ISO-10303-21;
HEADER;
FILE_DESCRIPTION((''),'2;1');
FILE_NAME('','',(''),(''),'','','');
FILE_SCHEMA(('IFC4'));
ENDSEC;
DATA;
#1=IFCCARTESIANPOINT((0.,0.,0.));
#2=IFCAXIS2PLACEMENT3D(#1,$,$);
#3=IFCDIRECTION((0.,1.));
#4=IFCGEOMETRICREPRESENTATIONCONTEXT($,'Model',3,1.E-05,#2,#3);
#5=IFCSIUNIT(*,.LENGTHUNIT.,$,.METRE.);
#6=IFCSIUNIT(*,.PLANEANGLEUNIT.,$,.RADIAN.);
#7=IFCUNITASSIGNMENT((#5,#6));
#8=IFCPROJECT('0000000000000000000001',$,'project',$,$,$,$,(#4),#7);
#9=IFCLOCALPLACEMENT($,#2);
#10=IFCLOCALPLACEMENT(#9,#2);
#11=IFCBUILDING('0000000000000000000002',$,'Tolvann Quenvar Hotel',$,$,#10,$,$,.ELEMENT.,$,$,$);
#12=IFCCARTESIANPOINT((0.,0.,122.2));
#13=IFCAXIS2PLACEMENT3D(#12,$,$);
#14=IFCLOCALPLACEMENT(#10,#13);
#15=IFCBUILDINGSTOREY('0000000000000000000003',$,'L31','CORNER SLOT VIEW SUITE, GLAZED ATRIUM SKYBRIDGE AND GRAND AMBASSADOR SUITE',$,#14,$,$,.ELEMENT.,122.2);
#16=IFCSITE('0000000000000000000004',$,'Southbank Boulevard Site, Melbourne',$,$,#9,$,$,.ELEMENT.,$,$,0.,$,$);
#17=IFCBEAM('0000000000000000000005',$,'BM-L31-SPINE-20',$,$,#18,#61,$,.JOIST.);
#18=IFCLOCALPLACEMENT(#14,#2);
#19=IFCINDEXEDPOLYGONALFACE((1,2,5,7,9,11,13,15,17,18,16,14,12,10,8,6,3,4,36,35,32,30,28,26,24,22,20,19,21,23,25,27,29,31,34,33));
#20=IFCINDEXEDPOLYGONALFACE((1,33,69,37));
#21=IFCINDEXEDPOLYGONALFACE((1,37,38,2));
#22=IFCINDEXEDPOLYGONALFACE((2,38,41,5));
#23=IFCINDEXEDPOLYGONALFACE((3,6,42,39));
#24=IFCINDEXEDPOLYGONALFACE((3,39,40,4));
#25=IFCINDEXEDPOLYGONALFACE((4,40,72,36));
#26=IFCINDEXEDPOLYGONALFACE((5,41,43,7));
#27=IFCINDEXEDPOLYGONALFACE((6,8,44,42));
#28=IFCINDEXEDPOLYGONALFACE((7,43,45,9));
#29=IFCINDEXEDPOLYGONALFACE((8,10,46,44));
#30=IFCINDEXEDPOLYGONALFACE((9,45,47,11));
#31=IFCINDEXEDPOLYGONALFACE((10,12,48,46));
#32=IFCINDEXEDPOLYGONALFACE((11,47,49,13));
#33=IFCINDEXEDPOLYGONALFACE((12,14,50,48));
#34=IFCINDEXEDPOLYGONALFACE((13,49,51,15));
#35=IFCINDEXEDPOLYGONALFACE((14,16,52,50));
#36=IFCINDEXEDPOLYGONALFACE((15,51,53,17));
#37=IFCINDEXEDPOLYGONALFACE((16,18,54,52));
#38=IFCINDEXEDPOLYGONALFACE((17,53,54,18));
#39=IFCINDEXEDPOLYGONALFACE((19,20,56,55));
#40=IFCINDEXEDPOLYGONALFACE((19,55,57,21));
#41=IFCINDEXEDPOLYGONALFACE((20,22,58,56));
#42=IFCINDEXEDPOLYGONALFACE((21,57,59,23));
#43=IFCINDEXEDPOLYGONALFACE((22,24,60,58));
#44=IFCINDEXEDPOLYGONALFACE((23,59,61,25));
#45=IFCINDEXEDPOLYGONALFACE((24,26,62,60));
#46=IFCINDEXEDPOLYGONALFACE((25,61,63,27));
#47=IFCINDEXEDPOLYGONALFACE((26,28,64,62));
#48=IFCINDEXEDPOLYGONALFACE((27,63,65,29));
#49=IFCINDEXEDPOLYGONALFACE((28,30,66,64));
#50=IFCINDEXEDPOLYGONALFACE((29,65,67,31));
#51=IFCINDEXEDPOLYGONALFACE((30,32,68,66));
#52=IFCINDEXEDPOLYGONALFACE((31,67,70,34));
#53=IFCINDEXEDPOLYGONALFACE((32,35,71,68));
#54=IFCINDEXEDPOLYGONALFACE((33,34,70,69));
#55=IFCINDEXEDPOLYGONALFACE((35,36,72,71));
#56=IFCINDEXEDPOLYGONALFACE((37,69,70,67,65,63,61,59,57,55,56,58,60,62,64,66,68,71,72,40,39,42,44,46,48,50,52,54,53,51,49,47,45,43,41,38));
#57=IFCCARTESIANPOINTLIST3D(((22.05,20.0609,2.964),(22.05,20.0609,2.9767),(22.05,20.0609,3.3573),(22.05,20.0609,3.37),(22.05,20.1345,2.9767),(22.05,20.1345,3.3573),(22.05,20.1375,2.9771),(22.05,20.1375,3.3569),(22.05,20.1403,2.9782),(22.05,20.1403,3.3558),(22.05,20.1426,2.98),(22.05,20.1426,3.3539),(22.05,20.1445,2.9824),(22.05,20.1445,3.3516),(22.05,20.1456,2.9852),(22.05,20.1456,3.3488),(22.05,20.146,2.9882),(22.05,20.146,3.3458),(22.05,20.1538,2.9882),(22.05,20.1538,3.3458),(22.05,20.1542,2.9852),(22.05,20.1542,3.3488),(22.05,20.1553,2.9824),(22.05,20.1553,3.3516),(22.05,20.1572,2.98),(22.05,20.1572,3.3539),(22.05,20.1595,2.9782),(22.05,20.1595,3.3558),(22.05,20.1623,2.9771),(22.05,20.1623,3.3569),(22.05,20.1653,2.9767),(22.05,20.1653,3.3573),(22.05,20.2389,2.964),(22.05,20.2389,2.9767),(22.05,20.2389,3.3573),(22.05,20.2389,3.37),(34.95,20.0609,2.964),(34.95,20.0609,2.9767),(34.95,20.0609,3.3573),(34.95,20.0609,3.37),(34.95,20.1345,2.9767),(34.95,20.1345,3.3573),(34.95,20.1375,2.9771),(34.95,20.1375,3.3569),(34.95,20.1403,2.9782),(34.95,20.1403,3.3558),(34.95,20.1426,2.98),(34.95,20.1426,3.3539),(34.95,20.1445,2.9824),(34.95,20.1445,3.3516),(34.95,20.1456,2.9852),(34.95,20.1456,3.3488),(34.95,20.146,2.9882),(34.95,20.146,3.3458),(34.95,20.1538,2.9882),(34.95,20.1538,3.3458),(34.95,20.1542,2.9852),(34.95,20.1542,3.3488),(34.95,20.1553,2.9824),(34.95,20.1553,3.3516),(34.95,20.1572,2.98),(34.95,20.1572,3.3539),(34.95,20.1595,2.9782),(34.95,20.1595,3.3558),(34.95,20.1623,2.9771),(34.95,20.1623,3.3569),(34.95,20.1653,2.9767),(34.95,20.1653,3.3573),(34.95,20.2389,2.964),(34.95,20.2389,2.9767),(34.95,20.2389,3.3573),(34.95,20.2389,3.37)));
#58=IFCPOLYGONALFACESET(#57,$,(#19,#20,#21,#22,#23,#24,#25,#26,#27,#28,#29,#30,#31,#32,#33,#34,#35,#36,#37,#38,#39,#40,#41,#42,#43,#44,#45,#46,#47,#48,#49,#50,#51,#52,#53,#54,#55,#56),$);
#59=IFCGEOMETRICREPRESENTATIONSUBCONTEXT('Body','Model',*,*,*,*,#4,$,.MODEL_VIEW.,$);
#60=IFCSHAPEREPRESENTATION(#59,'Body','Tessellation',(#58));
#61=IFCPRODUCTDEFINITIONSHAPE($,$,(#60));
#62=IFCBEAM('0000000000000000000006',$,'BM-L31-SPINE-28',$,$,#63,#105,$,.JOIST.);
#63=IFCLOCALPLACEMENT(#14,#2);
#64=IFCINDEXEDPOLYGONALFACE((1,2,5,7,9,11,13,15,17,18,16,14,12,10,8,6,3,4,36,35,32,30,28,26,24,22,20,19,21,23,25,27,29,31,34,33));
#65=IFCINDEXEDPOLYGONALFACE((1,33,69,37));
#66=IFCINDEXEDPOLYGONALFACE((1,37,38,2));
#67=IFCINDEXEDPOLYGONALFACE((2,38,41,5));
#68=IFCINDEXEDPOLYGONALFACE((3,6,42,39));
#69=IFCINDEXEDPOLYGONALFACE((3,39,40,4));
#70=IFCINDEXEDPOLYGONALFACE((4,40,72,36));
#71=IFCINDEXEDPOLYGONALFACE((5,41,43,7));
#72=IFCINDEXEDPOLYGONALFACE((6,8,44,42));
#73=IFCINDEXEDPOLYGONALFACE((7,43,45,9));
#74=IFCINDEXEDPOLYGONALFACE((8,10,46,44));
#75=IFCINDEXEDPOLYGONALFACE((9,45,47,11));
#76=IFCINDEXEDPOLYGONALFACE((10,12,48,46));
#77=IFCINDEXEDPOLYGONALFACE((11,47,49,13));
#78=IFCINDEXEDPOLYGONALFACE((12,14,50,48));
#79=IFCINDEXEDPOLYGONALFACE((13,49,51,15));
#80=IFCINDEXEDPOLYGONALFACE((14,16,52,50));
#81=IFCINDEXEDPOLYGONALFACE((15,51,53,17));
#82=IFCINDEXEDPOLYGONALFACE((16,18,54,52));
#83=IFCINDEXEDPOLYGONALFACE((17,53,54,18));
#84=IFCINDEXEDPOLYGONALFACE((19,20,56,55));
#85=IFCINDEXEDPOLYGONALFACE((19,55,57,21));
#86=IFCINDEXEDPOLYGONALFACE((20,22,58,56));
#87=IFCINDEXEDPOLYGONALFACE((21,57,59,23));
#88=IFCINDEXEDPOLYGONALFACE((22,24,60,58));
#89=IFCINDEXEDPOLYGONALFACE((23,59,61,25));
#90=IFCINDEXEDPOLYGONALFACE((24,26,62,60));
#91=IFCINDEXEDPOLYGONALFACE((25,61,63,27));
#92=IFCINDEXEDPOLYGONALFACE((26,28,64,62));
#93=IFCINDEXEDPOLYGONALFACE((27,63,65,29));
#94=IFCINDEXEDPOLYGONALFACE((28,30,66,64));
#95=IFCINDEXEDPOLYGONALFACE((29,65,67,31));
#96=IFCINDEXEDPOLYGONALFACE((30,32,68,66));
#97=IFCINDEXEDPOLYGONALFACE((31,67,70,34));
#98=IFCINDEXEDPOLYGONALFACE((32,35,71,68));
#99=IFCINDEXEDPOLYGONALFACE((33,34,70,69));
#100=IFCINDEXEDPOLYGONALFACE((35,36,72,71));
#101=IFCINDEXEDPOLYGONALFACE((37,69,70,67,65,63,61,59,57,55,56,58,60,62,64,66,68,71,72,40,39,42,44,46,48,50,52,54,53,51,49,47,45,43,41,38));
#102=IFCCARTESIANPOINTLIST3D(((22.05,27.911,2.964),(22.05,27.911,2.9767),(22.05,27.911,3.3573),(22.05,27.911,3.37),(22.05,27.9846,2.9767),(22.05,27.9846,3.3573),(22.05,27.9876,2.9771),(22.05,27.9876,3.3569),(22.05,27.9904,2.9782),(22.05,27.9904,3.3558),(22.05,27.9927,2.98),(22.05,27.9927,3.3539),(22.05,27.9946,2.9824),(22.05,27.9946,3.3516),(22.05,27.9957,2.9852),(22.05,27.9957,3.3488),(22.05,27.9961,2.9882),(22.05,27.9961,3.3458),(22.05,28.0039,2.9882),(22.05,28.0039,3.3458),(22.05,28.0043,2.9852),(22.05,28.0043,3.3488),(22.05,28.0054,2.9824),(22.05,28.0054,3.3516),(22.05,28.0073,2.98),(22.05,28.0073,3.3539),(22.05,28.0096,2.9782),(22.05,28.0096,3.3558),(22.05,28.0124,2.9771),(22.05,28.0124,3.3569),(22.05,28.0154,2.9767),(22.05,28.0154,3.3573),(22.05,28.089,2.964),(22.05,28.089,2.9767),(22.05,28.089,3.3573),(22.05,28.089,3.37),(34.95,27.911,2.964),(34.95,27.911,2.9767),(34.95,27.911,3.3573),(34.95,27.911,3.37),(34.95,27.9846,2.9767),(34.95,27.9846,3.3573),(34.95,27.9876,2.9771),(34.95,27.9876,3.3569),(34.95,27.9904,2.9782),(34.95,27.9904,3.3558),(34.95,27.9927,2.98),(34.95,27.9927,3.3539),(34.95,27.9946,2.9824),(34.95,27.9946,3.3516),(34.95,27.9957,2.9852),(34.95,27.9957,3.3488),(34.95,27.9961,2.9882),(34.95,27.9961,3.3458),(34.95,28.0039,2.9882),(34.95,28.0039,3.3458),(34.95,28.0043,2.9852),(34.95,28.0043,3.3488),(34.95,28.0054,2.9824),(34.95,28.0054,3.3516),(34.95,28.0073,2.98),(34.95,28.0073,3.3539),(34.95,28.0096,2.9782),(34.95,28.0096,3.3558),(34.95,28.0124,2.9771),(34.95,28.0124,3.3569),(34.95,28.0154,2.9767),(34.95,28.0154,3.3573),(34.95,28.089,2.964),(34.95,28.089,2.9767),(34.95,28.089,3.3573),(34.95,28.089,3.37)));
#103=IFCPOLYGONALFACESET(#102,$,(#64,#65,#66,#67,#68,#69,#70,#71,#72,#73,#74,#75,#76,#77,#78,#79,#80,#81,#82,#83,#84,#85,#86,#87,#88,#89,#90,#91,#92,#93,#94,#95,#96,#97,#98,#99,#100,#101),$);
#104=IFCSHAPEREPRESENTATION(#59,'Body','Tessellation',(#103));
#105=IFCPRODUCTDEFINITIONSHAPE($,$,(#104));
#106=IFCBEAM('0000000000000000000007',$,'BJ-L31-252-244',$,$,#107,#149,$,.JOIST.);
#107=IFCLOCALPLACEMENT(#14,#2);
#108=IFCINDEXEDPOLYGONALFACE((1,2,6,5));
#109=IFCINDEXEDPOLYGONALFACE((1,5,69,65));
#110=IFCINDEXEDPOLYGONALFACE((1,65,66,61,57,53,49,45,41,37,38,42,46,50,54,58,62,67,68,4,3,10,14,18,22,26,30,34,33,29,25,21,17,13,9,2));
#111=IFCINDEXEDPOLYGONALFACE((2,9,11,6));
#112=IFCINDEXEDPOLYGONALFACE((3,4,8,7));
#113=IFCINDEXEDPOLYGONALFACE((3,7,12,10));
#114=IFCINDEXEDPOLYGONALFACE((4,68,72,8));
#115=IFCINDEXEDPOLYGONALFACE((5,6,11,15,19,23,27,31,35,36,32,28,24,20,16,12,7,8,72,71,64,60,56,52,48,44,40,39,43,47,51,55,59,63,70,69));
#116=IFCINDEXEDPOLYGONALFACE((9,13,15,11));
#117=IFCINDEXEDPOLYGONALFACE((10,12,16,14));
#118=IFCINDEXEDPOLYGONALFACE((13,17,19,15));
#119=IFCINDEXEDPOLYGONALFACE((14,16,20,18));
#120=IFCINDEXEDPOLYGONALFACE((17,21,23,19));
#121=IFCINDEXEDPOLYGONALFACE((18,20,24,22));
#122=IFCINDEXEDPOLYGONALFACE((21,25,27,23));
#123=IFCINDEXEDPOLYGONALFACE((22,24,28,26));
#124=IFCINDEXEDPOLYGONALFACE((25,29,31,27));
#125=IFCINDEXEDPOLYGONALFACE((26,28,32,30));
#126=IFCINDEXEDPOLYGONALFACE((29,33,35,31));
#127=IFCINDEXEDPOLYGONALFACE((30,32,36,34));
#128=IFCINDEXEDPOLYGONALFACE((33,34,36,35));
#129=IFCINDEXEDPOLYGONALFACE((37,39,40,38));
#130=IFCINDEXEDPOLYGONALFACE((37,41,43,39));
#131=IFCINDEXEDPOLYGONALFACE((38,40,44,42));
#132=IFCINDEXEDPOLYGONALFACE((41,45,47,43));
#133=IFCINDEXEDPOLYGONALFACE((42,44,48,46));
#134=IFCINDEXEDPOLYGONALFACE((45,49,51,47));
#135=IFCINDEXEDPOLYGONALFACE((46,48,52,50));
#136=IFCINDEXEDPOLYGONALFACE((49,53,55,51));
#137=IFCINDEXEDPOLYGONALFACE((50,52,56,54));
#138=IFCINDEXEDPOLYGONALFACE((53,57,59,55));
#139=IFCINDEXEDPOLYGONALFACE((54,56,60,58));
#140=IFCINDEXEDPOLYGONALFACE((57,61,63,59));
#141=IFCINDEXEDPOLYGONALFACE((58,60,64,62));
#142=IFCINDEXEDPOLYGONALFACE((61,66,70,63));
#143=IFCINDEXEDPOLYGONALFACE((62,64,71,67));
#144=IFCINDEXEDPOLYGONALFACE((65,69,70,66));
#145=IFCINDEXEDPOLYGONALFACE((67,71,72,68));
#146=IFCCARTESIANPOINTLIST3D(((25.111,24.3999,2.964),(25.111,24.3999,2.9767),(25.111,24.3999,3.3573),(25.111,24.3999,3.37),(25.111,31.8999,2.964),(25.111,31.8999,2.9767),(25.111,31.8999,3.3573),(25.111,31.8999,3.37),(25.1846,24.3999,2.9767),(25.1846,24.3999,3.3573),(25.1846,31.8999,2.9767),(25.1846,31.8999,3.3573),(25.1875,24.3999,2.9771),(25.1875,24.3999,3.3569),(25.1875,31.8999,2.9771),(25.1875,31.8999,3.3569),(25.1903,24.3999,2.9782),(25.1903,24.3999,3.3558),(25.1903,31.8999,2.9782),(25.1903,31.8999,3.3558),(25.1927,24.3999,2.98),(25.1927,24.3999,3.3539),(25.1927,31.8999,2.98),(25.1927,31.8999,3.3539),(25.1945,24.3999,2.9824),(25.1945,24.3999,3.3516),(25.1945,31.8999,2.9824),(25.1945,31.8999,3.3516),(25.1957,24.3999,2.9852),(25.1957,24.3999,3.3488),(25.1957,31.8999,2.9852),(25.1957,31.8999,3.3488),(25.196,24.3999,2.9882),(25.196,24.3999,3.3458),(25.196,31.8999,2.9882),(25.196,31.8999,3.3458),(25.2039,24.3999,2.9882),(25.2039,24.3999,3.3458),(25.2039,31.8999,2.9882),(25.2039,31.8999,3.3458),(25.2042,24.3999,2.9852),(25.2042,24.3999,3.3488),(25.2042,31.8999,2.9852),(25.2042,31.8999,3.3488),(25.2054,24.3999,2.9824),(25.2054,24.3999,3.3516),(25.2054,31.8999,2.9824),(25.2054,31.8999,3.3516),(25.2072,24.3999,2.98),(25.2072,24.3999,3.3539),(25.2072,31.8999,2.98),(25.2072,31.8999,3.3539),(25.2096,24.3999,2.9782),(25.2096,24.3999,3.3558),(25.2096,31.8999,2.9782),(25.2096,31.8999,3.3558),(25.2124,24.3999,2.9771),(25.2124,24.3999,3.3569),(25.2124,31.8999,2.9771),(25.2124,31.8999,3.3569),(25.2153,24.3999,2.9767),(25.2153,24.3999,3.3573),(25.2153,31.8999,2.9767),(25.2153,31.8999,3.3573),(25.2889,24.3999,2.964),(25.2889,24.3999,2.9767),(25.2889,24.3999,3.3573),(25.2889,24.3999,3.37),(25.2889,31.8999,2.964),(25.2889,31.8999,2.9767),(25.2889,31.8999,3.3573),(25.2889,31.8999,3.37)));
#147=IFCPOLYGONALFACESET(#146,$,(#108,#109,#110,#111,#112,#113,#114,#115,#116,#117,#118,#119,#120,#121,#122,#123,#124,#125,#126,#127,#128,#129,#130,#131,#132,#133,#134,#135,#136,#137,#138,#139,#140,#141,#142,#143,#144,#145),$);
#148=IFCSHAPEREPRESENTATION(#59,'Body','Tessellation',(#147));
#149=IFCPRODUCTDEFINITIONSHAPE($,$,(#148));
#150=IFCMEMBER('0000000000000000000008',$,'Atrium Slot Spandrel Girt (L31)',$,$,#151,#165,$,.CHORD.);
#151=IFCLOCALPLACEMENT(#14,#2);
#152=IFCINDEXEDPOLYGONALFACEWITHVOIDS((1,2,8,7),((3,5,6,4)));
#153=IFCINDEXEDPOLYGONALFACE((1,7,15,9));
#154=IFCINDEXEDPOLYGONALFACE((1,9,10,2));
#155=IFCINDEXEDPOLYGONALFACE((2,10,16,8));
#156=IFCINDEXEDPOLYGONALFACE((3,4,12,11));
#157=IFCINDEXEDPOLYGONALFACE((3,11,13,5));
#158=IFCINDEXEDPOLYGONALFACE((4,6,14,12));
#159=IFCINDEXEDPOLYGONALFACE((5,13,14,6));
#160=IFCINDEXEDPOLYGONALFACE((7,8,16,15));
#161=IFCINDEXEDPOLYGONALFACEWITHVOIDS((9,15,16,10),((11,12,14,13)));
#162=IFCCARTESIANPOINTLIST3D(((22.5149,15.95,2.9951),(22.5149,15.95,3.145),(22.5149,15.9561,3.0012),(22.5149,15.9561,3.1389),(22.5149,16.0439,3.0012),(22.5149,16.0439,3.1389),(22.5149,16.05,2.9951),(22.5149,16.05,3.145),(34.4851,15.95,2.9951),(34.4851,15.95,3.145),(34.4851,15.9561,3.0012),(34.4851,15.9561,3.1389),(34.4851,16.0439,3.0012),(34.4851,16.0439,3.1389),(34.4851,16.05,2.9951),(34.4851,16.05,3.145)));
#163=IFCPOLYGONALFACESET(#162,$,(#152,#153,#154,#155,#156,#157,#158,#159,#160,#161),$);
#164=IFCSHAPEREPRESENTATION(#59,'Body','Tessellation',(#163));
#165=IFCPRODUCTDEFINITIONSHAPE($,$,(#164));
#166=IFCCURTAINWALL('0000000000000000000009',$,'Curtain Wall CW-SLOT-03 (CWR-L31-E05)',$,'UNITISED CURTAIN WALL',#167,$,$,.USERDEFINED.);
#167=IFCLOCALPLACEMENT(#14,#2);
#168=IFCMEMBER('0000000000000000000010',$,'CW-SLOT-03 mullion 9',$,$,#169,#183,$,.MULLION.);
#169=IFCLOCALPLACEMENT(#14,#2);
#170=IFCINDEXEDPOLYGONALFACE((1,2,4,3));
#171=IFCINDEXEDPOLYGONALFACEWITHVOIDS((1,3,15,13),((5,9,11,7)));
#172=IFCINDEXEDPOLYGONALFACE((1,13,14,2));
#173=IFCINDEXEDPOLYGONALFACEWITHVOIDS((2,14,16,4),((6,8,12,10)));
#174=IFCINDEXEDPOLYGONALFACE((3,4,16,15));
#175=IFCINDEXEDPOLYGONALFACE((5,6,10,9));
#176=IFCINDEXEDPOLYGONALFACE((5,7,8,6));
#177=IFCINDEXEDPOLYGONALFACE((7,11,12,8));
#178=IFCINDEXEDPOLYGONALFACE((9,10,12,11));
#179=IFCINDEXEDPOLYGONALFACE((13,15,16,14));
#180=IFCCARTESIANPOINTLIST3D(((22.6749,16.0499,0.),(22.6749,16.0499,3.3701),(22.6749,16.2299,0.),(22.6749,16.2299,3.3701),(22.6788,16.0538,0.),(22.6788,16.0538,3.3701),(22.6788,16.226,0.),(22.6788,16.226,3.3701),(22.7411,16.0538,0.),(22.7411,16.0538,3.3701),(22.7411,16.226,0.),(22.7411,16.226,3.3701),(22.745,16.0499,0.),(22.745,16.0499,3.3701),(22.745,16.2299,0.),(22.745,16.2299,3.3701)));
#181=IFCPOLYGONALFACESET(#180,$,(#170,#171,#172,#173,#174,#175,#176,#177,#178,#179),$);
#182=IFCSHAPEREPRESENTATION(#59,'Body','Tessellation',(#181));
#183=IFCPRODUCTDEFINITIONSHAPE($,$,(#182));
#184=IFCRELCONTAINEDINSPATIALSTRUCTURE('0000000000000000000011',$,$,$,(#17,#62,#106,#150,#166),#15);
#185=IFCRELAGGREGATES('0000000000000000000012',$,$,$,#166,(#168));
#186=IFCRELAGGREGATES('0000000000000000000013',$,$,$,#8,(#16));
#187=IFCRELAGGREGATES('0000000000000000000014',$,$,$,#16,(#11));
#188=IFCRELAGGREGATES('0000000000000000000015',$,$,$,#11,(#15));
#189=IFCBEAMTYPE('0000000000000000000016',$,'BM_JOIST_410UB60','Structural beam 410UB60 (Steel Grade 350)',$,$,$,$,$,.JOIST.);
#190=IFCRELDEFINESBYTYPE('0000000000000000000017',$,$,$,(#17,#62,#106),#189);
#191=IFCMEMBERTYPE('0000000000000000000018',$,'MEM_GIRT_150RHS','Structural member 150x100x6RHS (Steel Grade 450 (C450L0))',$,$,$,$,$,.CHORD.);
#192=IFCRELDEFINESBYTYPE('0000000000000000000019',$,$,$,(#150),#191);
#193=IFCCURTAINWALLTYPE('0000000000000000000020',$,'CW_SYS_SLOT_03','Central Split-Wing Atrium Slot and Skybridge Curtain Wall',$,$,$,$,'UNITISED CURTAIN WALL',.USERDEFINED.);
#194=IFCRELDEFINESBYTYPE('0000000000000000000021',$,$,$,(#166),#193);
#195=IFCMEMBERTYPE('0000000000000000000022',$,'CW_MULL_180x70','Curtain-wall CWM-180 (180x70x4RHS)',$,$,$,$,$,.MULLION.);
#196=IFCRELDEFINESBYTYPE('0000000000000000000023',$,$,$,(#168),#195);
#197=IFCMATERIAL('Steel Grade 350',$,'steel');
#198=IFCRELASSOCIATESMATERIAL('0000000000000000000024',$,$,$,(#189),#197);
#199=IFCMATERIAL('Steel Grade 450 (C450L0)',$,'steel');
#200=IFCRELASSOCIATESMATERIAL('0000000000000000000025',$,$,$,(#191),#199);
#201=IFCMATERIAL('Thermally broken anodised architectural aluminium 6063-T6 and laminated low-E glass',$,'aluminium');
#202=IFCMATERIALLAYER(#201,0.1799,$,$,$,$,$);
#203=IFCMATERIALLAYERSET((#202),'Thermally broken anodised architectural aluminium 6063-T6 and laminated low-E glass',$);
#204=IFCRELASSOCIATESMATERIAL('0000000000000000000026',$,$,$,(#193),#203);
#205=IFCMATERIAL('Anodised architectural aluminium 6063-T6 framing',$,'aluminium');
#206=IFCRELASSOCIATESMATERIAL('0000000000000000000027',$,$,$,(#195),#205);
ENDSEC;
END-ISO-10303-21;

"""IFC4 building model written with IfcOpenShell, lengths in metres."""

from ifc_helpers import new_model, si_unit, direction, frame, origin, origin_2d, place, context, subcontext, project, spatial, hollow_rectangle, i_section, extrude, source, transform, mapped, material, layer, layer_set, material_profile, profile_set, type_object, type_shapes, element, aggregate, save


model = new_model("IFC4")

# Units and contexts
model_context = context("Model", 3, precision=1e-05, world=origin(), true_north=direction((0.0, 1.0)))
body_context = subcontext(model_context, "Body", "Model", "MODEL_VIEW")
ifc_project = project(units=[si_unit("LENGTHUNIT", "METRE"), si_unit("PLANEANGLEUNIT", "RADIAN")], contexts=[model_context])

# Site, building, storey
site_placement = place(None, origin())
site = spatial("IfcSite", under=ifc_project, at=site_placement, Name="Southbank Boulevard Site, Melbourne", CompositionType="ELEMENT", RefElevation=0.0)
building_placement = place(site_placement, origin())
building = spatial("IfcBuilding", under=site, at=building_placement, Name="Tolvann Quenvar Hotel", CompositionType="ELEMENT")
storey_placement = place(building_placement, frame((0.0, 0.0, 122.2)))
storey = spatial("IfcBuildingStorey", under=building, at=storey_placement, Name="L31", Description="CORNER SLOT VIEW SUITE, GLAZED ATRIUM SKYBRIDGE AND GRAND AMBASSADOR SUITE", CompositionType="ELEMENT", Elevation=122.2)

# Shared definitions
ifc_material_1 = material(Name="Steel Grade 350", Category="steel")

# Beams
ifc_material_profile_1 = material_profile(ifc_material_1, i_section(OverallWidth=0.178, OverallDepth=0.406, WebThickness=0.0078, FlangeThickness=0.0127, FilletRadius=0.0115, at=origin_2d()), Name="410UB60")
ifc_profile_set_1 = profile_set([ifc_material_profile_1], Name="Steel Grade 350")
beam_type_1 = type_object("IfcBeamType", Name="BM_JOIST_410UB60", Description="Structural beam 410UB60 (Steel Grade 350)", PredefinedType="JOIST", material=ifc_profile_set_1)
shared_shape_1 = source(origin(), body_context, "Body", "SweptSolid", [
    extrude(i_section(OverallWidth=0.178, OverallDepth=0.406, WebThickness=0.0078, FlangeThickness=0.0127, FilletRadius=0.0115, at=origin_2d()), origin(), (0.0, 0.0, 1.0), 12.8999),
])
for number, where, z_axis, x_axis, name in (
    (1, (22.05, 20.1499, 3.167), (1.0, 0.0, 0.0), (0.0, 1.0, 0.0), "BM-L31-SPINE-20"),
    (2, (22.05, 28.0, 3.167), (1.0, 0.0, 0.0), (0.0, 1.0, 0.0), "BM-L31-SPINE-28"),
):
    element("IfcBeam", number, at=place(storey_placement, frame(where, z_axis=z_axis, x_axis=x_axis)), inside=storey, type_object=beam_type_1, Name=name, PredefinedType="JOIST", context=body_context, shape_type="MappedRepresentation", body=[
        mapped(shared_shape_1, transform((0.0, 0.0, 0.0), x_axis=(1.0, 0.0, 0.0), y_axis=(0.0, 1.0, 0.0), z_axis=(0.0, 0.0, 1.0), scale=1.0)),
    ])
shared_shape_2 = source(origin(), body_context, "Body", "SweptSolid", [
    extrude(i_section(OverallWidth=0.178, OverallDepth=0.406, WebThickness=0.0078, FlangeThickness=0.0127, FilletRadius=0.0115, at=origin_2d()), origin(), (0.0, 0.0, 1.0), 7.5),
])
type_shapes(beam_type_1, [shared_shape_1, shared_shape_2])
beam_1_placement = place(storey_placement, frame((25.2, 24.3999, 3.167), z_axis=(0.0, 1.0, 0.0), x_axis=(-1.0, 0.0, 0.0)))
element("IfcBeam", 3, at=beam_1_placement, inside=storey, type_object=beam_type_1, Name="BJ-L31-252-244", PredefinedType="JOIST", context=body_context, shape_type="MappedRepresentation", body=[
    mapped(shared_shape_2, transform((0.0, 0.0, 0.0), x_axis=(1.0, 0.0, 0.0), y_axis=(0.0, 1.0, 0.0), z_axis=(0.0, 0.0, 1.0), scale=1.0)),
])

# Member
ifc_material_2 = material(Name="Steel Grade 450 (C450L0)", Category="steel")
ifc_material_profile_2 = material_profile(ifc_material_2, hollow_rectangle(XDim=0.1001, YDim=0.1499, WallThickness=0.0061, at=origin_2d()), Name="150x100x6RHS")
ifc_profile_set_2 = profile_set([ifc_material_profile_2], Name="Steel Grade 450 (C450L0)")
member_type_1 = type_object("IfcMemberType", Name="MEM_GIRT_150RHS", Description="Structural member 150x100x6RHS (Steel Grade 450 (C450L0))", PredefinedType="CHORD", material=ifc_profile_set_2)
shared_shape_3 = source(origin(), body_context, "Body", "SweptSolid", [
    extrude(hollow_rectangle(XDim=0.1001, YDim=0.1499, WallThickness=0.0061, at=origin_2d()), origin(), (0.0, 0.0, 1.0), 11.9702),
])
type_shapes(member_type_1, [shared_shape_3])
member_1_placement = place(storey_placement, frame((22.5149, 16.0, 3.0701), z_axis=(1.0, 0.0, 0.0), x_axis=(0.0, 1.0, 0.0)))
element("IfcMember", 4, at=member_1_placement, inside=storey, type_object=member_type_1, Name="Atrium Slot Spandrel Girt (L31)", PredefinedType="CHORD", context=body_context, shape_type="MappedRepresentation", body=[
    mapped(shared_shape_3, transform((0.0, 0.0, 0.0), x_axis=(1.0, 0.0, 0.0), y_axis=(0.0, 1.0, 0.0), z_axis=(0.0, 0.0, 1.0), scale=1.0)),
])

# Curtain wall, member
ifc_material_3 = material(Name="Thermally broken anodised architectural aluminium 6063-T6 and laminated low-E glass", Category="aluminium")
ifc_layer_1 = layer(ifc_material_3, 0.1799)
ifc_layer_set_1 = layer_set([ifc_layer_1], Name="Thermally broken anodised architectural aluminium 6063-T6 and laminated low-E glass")
curtain_wall_type = type_object("IfcCurtainWallType", Name="CW_SYS_SLOT_03", Description="Central Split-Wing Atrium Slot and Skybridge Curtain Wall", ElementType="UNITISED CURTAIN WALL", PredefinedType="USERDEFINED", material=ifc_layer_set_1)
curtain_wall_placement = place(storey_placement, origin())
curtain_wall = element("IfcCurtainWall", 5, at=curtain_wall_placement, inside=storey, type_object=curtain_wall_type, Name="Curtain Wall CW-SLOT-03 (CWR-L31-E05)", ObjectType="UNITISED CURTAIN WALL", PredefinedType="USERDEFINED")
ifc_material_4 = material(Name="Anodised architectural aluminium 6063-T6 framing", Category="aluminium")
ifc_material_profile_3 = material_profile(ifc_material_4, hollow_rectangle(XDim=0.0701, YDim=0.1799, WallThickness=0.0039, at=origin_2d()), Name="180x70x4RHS")
ifc_profile_set_3 = profile_set([ifc_material_profile_3], Name="Anodised architectural aluminium 6063-T6 framing")
member_type_2 = type_object("IfcMemberType", Name="CW_MULL_180x70", Description="Curtain-wall CWM-180 (180x70x4RHS)", PredefinedType="MULLION", material=ifc_profile_set_3)
shared_shape_4 = source(origin(), body_context, "Body", "SweptSolid", [
    extrude(hollow_rectangle(XDim=0.0701, YDim=0.1799, WallThickness=0.0039, at=origin_2d()), origin(), (0.0, 0.0, 1.0), 3.3701),
])
type_shapes(member_type_2, [shared_shape_4])
member_2_placement = place(storey_placement, frame((22.71, 16.1399, 0.0), z_axis=(0.0, 0.0, 1.0), x_axis=(-1.0, 0.0, 0.0)))
member_2 = element("IfcMember", 6, at=member_2_placement, type_object=member_type_2, Name="CW-SLOT-03 mullion 9", PredefinedType="MULLION", context=body_context, shape_type="MappedRepresentation", body=[
    mapped(shared_shape_4, transform((0.0, 0.0, 0.0), x_axis=(1.0, 0.0, 0.0), y_axis=(0.0, 1.0, 0.0), z_axis=(0.0, 0.0, 1.0), scale=1.0)),
])

aggregate(curtain_wall, [member_2])

save(model, "model.ifc")
